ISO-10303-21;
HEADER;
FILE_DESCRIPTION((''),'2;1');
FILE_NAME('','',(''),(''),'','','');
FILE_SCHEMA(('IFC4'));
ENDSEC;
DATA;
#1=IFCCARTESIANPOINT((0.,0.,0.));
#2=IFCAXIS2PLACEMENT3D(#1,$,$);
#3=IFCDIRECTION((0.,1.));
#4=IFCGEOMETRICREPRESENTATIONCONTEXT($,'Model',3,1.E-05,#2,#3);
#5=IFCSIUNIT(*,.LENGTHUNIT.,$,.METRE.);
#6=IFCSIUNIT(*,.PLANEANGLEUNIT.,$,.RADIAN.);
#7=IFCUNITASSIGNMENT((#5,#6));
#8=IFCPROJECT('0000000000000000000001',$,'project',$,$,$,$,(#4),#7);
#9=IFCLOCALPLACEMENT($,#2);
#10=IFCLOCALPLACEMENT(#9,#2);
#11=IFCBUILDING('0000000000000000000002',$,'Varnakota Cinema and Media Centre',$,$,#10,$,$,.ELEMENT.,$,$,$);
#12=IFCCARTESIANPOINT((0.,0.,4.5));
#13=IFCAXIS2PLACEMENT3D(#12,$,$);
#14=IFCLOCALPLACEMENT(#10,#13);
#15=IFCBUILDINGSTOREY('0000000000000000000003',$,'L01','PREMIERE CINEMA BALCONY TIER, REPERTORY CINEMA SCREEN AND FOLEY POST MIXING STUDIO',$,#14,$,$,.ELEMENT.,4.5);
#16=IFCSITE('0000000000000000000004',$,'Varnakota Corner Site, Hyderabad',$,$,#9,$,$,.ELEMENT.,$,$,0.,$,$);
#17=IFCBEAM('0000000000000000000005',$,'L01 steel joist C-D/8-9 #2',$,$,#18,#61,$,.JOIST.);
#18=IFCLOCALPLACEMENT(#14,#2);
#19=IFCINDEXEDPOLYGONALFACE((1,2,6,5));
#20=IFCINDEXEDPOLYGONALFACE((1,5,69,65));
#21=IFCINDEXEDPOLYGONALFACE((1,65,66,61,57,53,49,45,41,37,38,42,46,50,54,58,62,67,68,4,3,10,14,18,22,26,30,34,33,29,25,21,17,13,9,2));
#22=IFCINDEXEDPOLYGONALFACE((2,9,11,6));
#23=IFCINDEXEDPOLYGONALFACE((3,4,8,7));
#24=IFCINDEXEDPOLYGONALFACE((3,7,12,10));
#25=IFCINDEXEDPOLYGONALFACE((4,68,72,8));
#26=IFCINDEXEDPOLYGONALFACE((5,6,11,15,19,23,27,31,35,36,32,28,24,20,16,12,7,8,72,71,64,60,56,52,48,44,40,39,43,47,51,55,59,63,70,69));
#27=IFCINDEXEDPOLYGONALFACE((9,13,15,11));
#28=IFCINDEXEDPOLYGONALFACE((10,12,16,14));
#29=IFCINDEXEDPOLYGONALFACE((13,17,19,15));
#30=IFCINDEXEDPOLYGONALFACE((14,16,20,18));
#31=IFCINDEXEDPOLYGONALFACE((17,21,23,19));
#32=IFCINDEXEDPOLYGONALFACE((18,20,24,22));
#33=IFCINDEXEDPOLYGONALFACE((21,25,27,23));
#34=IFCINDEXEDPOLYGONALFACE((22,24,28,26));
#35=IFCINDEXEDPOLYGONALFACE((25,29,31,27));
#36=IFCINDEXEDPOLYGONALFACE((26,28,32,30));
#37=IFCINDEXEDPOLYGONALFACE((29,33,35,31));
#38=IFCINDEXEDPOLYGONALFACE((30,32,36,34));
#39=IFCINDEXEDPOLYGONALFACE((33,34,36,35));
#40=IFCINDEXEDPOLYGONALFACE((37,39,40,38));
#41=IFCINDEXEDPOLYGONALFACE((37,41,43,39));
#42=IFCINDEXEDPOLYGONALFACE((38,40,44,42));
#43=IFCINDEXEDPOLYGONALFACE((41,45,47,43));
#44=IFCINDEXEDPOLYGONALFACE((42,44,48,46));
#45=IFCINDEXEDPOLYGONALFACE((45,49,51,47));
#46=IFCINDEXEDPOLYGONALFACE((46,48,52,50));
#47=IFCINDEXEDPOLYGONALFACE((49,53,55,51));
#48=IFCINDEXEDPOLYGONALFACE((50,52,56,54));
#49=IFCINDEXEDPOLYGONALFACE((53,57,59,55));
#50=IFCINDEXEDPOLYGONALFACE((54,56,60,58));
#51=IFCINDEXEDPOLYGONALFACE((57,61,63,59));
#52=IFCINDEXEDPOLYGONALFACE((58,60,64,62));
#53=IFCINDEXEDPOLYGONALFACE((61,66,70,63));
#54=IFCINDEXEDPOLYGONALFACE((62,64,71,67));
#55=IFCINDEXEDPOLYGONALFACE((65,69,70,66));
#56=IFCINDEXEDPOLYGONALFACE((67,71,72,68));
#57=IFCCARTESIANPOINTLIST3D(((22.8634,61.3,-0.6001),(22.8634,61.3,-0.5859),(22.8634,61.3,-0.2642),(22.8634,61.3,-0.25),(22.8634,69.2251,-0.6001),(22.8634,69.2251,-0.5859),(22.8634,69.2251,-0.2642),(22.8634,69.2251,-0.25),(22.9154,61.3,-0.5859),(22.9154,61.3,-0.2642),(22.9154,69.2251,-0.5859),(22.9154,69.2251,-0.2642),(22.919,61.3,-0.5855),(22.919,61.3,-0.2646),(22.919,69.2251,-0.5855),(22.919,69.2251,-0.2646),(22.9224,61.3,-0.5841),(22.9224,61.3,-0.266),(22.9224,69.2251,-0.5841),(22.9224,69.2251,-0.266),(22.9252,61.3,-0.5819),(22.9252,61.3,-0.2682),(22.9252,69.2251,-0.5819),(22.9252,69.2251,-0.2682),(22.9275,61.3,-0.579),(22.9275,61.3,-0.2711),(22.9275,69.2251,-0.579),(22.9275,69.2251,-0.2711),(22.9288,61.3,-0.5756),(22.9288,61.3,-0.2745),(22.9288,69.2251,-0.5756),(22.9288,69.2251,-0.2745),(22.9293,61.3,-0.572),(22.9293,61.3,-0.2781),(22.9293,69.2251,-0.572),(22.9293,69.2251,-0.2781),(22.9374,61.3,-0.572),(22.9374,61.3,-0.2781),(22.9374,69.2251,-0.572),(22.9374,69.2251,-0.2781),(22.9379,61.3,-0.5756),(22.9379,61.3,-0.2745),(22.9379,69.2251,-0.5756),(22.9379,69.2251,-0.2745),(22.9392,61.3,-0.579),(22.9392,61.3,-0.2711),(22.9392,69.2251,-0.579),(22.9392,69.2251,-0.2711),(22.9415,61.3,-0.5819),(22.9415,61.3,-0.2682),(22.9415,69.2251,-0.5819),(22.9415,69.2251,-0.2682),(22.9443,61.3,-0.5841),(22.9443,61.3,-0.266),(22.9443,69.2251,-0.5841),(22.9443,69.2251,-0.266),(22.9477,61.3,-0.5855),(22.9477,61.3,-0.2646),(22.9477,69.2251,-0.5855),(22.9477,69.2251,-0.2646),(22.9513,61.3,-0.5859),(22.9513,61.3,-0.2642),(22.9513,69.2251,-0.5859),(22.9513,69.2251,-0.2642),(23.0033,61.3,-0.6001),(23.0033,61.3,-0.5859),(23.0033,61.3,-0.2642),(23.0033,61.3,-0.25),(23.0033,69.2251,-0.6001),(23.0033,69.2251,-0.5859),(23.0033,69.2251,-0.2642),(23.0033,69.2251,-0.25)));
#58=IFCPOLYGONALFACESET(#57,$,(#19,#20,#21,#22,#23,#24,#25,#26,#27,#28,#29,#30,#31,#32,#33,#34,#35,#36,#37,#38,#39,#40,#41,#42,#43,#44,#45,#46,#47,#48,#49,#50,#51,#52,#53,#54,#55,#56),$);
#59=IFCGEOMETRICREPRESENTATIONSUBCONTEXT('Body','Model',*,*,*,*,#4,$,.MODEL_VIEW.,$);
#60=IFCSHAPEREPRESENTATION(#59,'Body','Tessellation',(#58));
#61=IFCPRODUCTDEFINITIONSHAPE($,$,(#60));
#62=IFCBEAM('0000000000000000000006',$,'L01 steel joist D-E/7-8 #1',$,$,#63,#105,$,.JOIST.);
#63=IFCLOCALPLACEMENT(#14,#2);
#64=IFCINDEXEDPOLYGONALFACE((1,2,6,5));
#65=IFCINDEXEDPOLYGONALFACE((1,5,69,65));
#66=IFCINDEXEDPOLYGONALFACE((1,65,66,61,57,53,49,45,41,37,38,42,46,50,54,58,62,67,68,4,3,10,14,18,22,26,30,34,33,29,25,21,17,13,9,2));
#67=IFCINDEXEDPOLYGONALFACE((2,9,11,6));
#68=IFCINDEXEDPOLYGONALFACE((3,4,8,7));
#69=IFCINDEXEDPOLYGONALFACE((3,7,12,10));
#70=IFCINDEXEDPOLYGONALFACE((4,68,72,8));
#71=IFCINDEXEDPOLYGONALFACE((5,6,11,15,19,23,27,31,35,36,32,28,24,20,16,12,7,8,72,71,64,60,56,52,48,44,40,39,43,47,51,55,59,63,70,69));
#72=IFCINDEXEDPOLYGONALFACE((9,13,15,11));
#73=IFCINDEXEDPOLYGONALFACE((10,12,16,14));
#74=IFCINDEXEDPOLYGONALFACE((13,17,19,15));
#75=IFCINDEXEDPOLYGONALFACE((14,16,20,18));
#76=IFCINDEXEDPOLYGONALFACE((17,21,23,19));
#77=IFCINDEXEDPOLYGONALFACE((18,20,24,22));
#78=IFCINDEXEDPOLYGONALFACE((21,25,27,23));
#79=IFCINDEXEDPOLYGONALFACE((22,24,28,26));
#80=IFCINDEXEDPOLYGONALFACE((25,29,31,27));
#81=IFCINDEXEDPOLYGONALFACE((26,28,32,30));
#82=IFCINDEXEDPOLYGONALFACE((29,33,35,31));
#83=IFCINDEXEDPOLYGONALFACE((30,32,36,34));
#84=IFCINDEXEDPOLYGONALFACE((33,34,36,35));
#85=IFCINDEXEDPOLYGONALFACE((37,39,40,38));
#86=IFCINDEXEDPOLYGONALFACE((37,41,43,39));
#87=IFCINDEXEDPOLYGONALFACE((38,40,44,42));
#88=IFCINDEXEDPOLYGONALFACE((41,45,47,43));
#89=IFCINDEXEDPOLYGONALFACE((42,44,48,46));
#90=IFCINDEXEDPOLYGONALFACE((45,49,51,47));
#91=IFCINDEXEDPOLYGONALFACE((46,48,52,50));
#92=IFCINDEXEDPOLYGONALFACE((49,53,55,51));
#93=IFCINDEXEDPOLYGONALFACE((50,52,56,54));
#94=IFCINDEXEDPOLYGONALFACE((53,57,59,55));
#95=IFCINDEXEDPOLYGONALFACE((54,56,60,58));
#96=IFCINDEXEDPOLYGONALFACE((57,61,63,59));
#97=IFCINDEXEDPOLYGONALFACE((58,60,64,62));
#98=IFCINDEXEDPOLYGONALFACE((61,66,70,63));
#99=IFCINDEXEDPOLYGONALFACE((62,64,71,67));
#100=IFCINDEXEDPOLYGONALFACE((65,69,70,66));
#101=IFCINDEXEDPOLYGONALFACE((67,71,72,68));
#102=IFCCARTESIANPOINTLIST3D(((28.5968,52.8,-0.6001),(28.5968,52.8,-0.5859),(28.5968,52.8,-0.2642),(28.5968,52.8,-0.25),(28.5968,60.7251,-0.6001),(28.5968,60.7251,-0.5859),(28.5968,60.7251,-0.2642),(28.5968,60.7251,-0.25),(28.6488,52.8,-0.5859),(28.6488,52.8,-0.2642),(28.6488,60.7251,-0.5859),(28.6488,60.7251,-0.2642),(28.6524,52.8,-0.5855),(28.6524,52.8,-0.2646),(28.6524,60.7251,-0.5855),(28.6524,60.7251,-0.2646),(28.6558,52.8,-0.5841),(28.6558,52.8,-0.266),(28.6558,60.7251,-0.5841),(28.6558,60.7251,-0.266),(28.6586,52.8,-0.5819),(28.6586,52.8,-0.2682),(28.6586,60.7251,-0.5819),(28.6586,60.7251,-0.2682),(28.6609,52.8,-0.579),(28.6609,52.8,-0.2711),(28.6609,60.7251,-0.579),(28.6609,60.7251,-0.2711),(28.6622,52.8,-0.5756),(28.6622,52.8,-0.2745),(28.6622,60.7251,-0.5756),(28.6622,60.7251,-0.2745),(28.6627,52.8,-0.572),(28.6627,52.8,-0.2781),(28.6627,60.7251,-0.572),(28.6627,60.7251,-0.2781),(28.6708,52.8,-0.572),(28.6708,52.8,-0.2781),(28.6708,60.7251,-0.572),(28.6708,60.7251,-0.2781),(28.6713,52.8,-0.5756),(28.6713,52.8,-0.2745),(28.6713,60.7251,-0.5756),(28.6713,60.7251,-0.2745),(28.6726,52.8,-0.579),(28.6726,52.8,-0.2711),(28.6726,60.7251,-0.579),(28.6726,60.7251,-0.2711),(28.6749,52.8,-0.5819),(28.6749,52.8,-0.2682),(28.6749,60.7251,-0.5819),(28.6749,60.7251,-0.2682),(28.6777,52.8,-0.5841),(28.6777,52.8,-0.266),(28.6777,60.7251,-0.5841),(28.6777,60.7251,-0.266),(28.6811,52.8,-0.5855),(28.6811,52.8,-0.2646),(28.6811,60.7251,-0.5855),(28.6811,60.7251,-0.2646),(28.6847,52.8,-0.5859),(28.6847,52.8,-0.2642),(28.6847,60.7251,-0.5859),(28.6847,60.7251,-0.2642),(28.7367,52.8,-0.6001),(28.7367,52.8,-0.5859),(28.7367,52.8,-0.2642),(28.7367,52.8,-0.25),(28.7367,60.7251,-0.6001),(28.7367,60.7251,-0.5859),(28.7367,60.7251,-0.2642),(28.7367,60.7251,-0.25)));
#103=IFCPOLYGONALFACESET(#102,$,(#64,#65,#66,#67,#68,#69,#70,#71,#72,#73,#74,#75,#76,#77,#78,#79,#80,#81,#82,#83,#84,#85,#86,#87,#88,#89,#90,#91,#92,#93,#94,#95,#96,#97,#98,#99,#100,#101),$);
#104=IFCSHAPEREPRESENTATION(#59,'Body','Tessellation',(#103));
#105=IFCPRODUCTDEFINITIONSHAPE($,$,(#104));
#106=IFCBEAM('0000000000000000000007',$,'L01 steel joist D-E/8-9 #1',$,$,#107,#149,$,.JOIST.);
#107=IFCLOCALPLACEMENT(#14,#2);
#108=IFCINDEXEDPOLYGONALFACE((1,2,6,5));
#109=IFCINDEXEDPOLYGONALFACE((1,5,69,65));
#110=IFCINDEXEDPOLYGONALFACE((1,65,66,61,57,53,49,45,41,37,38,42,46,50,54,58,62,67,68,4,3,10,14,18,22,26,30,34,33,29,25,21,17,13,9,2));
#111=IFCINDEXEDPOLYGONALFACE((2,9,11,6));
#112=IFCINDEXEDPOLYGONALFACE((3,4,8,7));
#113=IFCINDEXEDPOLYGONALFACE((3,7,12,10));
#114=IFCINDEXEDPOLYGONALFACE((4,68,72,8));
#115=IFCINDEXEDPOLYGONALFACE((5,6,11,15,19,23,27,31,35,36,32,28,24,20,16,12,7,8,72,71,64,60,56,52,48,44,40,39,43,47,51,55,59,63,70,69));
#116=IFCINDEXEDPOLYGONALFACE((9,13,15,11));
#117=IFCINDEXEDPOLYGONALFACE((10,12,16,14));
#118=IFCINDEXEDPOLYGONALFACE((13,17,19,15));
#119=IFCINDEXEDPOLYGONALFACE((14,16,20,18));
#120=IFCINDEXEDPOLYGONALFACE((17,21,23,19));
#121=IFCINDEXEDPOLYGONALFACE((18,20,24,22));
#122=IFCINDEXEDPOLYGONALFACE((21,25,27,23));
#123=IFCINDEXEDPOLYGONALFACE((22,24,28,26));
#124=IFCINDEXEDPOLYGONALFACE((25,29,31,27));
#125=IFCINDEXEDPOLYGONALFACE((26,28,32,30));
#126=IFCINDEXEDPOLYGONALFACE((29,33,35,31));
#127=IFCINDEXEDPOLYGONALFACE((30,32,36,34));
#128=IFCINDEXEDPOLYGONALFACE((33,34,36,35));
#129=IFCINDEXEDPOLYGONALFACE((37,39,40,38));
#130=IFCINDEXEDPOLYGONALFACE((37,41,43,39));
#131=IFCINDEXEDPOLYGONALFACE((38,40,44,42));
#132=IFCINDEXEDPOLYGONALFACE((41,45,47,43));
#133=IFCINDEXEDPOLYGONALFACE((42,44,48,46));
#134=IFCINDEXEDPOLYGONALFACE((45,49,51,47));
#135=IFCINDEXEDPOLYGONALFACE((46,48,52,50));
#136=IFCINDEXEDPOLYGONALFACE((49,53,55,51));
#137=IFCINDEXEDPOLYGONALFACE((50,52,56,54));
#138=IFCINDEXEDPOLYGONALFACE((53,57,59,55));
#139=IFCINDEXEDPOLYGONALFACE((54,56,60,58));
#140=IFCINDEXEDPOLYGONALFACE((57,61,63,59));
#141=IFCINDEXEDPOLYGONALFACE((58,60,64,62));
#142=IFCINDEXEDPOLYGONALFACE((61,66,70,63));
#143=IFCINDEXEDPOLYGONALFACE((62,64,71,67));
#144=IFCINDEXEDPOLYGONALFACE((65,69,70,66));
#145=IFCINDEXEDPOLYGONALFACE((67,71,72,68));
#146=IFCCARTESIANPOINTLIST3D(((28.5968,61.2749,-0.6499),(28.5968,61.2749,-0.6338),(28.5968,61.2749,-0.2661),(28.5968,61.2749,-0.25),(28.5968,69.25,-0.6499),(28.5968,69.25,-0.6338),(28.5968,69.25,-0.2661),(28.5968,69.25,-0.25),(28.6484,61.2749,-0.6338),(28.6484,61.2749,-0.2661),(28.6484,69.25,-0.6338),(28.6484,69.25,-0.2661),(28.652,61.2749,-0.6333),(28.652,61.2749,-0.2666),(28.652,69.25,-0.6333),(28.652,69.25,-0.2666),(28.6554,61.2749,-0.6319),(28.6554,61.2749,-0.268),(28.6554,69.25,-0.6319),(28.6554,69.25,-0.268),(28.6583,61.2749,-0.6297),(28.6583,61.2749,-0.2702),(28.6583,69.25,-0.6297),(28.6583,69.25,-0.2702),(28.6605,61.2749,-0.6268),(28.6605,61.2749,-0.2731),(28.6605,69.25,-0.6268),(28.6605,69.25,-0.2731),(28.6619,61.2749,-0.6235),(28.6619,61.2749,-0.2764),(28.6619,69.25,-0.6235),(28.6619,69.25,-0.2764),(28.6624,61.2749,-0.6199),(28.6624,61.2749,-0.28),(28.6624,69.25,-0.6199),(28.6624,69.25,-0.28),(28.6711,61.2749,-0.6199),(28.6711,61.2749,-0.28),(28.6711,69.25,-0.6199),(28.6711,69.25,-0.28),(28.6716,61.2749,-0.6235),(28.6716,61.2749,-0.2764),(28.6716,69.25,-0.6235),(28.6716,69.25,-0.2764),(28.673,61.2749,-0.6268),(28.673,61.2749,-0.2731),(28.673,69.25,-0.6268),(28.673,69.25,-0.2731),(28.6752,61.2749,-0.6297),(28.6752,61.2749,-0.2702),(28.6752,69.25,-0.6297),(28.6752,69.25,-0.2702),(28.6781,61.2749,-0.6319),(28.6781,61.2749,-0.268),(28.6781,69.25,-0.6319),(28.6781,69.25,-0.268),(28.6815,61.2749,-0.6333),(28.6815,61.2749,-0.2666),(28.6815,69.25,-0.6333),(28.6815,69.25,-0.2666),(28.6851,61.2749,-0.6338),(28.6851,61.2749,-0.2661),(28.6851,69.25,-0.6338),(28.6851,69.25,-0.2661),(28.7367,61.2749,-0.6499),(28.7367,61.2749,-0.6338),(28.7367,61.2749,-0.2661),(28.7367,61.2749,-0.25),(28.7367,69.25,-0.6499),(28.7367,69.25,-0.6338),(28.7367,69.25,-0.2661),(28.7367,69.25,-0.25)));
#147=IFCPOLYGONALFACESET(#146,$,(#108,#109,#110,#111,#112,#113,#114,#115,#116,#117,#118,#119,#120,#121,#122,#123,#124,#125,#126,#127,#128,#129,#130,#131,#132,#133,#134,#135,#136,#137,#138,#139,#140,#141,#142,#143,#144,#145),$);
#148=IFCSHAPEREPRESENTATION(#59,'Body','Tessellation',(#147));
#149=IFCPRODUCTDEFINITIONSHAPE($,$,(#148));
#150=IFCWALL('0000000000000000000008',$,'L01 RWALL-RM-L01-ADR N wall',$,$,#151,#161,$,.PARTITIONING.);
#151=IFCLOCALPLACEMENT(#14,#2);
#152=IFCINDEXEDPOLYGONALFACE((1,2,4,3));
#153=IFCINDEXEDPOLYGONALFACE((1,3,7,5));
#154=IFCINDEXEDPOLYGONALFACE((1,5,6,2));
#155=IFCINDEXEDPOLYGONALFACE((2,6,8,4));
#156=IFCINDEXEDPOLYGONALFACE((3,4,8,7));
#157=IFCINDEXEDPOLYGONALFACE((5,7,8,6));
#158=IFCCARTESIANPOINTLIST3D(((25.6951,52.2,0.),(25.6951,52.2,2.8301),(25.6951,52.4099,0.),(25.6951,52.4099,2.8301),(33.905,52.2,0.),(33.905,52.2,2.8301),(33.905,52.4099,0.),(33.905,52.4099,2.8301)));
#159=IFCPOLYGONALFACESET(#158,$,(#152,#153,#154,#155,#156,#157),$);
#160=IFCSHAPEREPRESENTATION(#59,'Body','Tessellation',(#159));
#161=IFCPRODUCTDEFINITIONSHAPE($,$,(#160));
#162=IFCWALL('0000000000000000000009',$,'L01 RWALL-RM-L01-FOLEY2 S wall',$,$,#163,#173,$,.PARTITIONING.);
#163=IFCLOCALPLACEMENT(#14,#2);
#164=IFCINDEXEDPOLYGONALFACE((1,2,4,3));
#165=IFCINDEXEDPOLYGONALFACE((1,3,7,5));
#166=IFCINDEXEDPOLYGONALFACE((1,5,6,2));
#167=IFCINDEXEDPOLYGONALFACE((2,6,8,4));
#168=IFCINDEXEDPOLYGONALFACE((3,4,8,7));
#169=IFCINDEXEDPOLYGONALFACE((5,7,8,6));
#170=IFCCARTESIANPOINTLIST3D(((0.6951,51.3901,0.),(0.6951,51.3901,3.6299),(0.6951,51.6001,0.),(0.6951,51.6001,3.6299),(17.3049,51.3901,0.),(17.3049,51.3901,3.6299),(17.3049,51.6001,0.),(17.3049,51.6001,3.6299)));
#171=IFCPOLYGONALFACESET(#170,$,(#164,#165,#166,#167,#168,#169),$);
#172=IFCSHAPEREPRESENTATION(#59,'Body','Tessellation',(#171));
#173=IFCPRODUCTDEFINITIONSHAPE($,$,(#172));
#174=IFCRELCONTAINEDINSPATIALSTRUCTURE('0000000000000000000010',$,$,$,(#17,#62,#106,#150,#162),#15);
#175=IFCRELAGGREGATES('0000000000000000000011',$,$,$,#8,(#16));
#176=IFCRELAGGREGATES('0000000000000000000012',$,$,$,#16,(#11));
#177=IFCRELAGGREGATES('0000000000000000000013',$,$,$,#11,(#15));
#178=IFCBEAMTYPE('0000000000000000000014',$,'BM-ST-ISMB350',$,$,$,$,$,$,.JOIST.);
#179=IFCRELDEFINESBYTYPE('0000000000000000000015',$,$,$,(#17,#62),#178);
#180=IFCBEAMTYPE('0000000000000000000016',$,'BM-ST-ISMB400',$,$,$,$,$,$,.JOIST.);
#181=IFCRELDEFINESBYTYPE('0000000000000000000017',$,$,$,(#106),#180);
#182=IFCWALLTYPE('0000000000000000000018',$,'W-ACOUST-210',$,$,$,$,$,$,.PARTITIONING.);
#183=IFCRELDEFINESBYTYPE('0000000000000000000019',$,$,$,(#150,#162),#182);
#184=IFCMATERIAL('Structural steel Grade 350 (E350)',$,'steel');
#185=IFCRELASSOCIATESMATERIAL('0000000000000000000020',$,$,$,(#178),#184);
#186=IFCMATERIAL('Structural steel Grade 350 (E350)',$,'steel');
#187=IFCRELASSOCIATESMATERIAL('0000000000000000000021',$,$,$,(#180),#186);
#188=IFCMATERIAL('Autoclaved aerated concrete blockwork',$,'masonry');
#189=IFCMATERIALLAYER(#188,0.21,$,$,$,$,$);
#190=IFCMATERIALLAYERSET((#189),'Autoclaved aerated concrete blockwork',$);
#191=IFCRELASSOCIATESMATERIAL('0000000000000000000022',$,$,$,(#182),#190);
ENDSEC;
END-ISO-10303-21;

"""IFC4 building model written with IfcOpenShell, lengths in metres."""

from ifc_helpers import new_model, si_unit, direction, frame, frame_2d, origin, origin_2d, place, context, subcontext, project, spatial, rectangle, i_section, extrude, material, layer, layer_set, material_profile, profile_set, type_object, element, save


model = new_model("IFC4")

# Units and contexts
model_context = context("Model", 3, precision=1e-05, world=origin(), true_north=direction((0.0, 1.0)))
body_context = subcontext(model_context, "Body", "Model", "MODEL_VIEW")
ifc_project = project(units=[si_unit("LENGTHUNIT", "METRE"), si_unit("PLANEANGLEUNIT", "RADIAN")], contexts=[model_context])

# Site, building, storey
site_placement = place(None, origin())
site = spatial("IfcSite", under=ifc_project, at=site_placement, Name="Varnakota Corner Site, Hyderabad", CompositionType="ELEMENT", RefElevation=0.0)
building_placement = place(site_placement, origin())
building = spatial("IfcBuilding", under=site, at=building_placement, Name="Varnakota Cinema and Media Centre", CompositionType="ELEMENT")
storey_placement = place(building_placement, frame((0.0, 0.0, 4.5)))
storey = spatial("IfcBuildingStorey", under=building, at=storey_placement, Name="L01", Description="PREMIERE CINEMA BALCONY TIER, REPERTORY CINEMA SCREEN AND FOLEY POST MIXING STUDIO", CompositionType="ELEMENT", Elevation=4.5)

# Beams
ifc_material_1 = material(Name="Structural steel Grade 350 (E350)", Category="steel")
ifc_material_profile_1 = material_profile(ifc_material_1, i_section(OverallWidth=0.1399, OverallDepth=0.3501, WebThickness=0.0081, FlangeThickness=0.0142, FilletRadius=0.0139, at=origin_2d()), Name="ISMB 350")
ifc_profile_set_1 = profile_set([ifc_material_profile_1], Name="Structural steel Grade 350 (E350)")
beam_type_1 = type_object("IfcBeamType", Name="BM-ST-ISMB350", PredefinedType="JOIST", material=ifc_profile_set_1)
for number, where, z_axis, x_axis, name in (
    (1, (22.9333, 61.3, -0.425), (0.0, 1.0, 0.0), (-1.0, 0.0, 0.0), "L01 steel joist C-D/8-9 #2"),
    (2, (28.6667, 52.8, -0.425), (0.0, 1.0, 0.0), (-1.0, 0.0, 0.0), "L01 steel joist D-E/7-8 #1"),
):
    element("IfcBeam", number, at=place(storey_placement, frame(where, z_axis=z_axis, x_axis=x_axis)), inside=storey, type_object=beam_type_1, Name=name, PredefinedType="JOIST", context=body_context, shape_type="SweptSolid", body=[
        extrude(i_section(OverallWidth=0.1399, OverallDepth=0.3501, WebThickness=0.0081, FlangeThickness=0.0142, FilletRadius=0.0139, at=origin_2d()), origin(), (0.0, 0.0, 1.0), 7.925),
    ])
ifc_material_2 = material(Name="Structural steel Grade 350 (E350)", Category="steel")
ifc_material_profile_2 = material_profile(ifc_material_2, i_section(OverallWidth=0.1399, OverallDepth=0.3999, WebThickness=0.0088, FlangeThickness=0.0161, FilletRadius=0.0139, at=origin_2d()), Name="ISMB 400")
ifc_profile_set_2 = profile_set([ifc_material_profile_2], Name="Structural steel Grade 350 (E350)")
beam_type_2 = type_object("IfcBeamType", Name="BM-ST-ISMB400", PredefinedType="JOIST", material=ifc_profile_set_2)
beam_1_placement = place(storey_placement, frame((28.6667, 61.2749, -0.45), z_axis=(0.0, 1.0, 0.0), x_axis=(-1.0, 0.0, 0.0)))
element("IfcBeam", 3, at=beam_1_placement, inside=storey, type_object=beam_type_2, Name="L01 steel joist D-E/8-9 #1", PredefinedType="JOIST", context=body_context, shape_type="SweptSolid", body=[
    extrude(i_section(OverallWidth=0.1399, OverallDepth=0.3999, WebThickness=0.0088, FlangeThickness=0.0161, FilletRadius=0.0139, at=origin_2d()), origin(), (0.0, 0.0, 1.0), 7.9751),
])

# Walls
ifc_material_3 = material(Name="Autoclaved aerated concrete blockwork", Category="masonry")
ifc_layer_1 = layer(ifc_material_3, 0.21)
ifc_layer_set_1 = layer_set([ifc_layer_1], Name="Autoclaved aerated concrete blockwork")
wall_type_1 = type_object("IfcWallType", Name="W-ACOUST-210", PredefinedType="PARTITIONING", material=ifc_layer_set_1)
wall_1_placement = place(storey_placement, frame((25.6951, 52.3049, 0.0), z_axis=(0.0, 0.0, 1.0), x_axis=(1.0, 0.0, 0.0)))
element("IfcWall", 4, at=wall_1_placement, inside=storey, type_object=wall_type_1, Name="L01 RWALL-RM-L01-ADR N wall", PredefinedType="PARTITIONING", context=body_context, shape_type="SweptSolid", body=[
    extrude(rectangle(XDim=8.21, YDim=0.21, at=frame_2d((4.105, 0.0))), origin(), (0.0, 0.0, 1.0), 2.8301),
])
wall_2_placement = place(storey_placement, frame((17.3049, 51.4951, 0.0), z_axis=(0.0, 0.0, 1.0), x_axis=(-1.0, 0.0, 0.0)))
element("IfcWall", 5, at=wall_2_placement, inside=storey, type_object=wall_type_1, Name="L01 RWALL-RM-L01-FOLEY2 S wall", PredefinedType="PARTITIONING", context=body_context, shape_type="SweptSolid", body=[
    extrude(rectangle(XDim=16.6099, YDim=0.21, at=frame_2d((8.3049, 0.0))), origin(), (0.0, 0.0, 1.0), 3.6299),
])

save(model, "model.ifc")
